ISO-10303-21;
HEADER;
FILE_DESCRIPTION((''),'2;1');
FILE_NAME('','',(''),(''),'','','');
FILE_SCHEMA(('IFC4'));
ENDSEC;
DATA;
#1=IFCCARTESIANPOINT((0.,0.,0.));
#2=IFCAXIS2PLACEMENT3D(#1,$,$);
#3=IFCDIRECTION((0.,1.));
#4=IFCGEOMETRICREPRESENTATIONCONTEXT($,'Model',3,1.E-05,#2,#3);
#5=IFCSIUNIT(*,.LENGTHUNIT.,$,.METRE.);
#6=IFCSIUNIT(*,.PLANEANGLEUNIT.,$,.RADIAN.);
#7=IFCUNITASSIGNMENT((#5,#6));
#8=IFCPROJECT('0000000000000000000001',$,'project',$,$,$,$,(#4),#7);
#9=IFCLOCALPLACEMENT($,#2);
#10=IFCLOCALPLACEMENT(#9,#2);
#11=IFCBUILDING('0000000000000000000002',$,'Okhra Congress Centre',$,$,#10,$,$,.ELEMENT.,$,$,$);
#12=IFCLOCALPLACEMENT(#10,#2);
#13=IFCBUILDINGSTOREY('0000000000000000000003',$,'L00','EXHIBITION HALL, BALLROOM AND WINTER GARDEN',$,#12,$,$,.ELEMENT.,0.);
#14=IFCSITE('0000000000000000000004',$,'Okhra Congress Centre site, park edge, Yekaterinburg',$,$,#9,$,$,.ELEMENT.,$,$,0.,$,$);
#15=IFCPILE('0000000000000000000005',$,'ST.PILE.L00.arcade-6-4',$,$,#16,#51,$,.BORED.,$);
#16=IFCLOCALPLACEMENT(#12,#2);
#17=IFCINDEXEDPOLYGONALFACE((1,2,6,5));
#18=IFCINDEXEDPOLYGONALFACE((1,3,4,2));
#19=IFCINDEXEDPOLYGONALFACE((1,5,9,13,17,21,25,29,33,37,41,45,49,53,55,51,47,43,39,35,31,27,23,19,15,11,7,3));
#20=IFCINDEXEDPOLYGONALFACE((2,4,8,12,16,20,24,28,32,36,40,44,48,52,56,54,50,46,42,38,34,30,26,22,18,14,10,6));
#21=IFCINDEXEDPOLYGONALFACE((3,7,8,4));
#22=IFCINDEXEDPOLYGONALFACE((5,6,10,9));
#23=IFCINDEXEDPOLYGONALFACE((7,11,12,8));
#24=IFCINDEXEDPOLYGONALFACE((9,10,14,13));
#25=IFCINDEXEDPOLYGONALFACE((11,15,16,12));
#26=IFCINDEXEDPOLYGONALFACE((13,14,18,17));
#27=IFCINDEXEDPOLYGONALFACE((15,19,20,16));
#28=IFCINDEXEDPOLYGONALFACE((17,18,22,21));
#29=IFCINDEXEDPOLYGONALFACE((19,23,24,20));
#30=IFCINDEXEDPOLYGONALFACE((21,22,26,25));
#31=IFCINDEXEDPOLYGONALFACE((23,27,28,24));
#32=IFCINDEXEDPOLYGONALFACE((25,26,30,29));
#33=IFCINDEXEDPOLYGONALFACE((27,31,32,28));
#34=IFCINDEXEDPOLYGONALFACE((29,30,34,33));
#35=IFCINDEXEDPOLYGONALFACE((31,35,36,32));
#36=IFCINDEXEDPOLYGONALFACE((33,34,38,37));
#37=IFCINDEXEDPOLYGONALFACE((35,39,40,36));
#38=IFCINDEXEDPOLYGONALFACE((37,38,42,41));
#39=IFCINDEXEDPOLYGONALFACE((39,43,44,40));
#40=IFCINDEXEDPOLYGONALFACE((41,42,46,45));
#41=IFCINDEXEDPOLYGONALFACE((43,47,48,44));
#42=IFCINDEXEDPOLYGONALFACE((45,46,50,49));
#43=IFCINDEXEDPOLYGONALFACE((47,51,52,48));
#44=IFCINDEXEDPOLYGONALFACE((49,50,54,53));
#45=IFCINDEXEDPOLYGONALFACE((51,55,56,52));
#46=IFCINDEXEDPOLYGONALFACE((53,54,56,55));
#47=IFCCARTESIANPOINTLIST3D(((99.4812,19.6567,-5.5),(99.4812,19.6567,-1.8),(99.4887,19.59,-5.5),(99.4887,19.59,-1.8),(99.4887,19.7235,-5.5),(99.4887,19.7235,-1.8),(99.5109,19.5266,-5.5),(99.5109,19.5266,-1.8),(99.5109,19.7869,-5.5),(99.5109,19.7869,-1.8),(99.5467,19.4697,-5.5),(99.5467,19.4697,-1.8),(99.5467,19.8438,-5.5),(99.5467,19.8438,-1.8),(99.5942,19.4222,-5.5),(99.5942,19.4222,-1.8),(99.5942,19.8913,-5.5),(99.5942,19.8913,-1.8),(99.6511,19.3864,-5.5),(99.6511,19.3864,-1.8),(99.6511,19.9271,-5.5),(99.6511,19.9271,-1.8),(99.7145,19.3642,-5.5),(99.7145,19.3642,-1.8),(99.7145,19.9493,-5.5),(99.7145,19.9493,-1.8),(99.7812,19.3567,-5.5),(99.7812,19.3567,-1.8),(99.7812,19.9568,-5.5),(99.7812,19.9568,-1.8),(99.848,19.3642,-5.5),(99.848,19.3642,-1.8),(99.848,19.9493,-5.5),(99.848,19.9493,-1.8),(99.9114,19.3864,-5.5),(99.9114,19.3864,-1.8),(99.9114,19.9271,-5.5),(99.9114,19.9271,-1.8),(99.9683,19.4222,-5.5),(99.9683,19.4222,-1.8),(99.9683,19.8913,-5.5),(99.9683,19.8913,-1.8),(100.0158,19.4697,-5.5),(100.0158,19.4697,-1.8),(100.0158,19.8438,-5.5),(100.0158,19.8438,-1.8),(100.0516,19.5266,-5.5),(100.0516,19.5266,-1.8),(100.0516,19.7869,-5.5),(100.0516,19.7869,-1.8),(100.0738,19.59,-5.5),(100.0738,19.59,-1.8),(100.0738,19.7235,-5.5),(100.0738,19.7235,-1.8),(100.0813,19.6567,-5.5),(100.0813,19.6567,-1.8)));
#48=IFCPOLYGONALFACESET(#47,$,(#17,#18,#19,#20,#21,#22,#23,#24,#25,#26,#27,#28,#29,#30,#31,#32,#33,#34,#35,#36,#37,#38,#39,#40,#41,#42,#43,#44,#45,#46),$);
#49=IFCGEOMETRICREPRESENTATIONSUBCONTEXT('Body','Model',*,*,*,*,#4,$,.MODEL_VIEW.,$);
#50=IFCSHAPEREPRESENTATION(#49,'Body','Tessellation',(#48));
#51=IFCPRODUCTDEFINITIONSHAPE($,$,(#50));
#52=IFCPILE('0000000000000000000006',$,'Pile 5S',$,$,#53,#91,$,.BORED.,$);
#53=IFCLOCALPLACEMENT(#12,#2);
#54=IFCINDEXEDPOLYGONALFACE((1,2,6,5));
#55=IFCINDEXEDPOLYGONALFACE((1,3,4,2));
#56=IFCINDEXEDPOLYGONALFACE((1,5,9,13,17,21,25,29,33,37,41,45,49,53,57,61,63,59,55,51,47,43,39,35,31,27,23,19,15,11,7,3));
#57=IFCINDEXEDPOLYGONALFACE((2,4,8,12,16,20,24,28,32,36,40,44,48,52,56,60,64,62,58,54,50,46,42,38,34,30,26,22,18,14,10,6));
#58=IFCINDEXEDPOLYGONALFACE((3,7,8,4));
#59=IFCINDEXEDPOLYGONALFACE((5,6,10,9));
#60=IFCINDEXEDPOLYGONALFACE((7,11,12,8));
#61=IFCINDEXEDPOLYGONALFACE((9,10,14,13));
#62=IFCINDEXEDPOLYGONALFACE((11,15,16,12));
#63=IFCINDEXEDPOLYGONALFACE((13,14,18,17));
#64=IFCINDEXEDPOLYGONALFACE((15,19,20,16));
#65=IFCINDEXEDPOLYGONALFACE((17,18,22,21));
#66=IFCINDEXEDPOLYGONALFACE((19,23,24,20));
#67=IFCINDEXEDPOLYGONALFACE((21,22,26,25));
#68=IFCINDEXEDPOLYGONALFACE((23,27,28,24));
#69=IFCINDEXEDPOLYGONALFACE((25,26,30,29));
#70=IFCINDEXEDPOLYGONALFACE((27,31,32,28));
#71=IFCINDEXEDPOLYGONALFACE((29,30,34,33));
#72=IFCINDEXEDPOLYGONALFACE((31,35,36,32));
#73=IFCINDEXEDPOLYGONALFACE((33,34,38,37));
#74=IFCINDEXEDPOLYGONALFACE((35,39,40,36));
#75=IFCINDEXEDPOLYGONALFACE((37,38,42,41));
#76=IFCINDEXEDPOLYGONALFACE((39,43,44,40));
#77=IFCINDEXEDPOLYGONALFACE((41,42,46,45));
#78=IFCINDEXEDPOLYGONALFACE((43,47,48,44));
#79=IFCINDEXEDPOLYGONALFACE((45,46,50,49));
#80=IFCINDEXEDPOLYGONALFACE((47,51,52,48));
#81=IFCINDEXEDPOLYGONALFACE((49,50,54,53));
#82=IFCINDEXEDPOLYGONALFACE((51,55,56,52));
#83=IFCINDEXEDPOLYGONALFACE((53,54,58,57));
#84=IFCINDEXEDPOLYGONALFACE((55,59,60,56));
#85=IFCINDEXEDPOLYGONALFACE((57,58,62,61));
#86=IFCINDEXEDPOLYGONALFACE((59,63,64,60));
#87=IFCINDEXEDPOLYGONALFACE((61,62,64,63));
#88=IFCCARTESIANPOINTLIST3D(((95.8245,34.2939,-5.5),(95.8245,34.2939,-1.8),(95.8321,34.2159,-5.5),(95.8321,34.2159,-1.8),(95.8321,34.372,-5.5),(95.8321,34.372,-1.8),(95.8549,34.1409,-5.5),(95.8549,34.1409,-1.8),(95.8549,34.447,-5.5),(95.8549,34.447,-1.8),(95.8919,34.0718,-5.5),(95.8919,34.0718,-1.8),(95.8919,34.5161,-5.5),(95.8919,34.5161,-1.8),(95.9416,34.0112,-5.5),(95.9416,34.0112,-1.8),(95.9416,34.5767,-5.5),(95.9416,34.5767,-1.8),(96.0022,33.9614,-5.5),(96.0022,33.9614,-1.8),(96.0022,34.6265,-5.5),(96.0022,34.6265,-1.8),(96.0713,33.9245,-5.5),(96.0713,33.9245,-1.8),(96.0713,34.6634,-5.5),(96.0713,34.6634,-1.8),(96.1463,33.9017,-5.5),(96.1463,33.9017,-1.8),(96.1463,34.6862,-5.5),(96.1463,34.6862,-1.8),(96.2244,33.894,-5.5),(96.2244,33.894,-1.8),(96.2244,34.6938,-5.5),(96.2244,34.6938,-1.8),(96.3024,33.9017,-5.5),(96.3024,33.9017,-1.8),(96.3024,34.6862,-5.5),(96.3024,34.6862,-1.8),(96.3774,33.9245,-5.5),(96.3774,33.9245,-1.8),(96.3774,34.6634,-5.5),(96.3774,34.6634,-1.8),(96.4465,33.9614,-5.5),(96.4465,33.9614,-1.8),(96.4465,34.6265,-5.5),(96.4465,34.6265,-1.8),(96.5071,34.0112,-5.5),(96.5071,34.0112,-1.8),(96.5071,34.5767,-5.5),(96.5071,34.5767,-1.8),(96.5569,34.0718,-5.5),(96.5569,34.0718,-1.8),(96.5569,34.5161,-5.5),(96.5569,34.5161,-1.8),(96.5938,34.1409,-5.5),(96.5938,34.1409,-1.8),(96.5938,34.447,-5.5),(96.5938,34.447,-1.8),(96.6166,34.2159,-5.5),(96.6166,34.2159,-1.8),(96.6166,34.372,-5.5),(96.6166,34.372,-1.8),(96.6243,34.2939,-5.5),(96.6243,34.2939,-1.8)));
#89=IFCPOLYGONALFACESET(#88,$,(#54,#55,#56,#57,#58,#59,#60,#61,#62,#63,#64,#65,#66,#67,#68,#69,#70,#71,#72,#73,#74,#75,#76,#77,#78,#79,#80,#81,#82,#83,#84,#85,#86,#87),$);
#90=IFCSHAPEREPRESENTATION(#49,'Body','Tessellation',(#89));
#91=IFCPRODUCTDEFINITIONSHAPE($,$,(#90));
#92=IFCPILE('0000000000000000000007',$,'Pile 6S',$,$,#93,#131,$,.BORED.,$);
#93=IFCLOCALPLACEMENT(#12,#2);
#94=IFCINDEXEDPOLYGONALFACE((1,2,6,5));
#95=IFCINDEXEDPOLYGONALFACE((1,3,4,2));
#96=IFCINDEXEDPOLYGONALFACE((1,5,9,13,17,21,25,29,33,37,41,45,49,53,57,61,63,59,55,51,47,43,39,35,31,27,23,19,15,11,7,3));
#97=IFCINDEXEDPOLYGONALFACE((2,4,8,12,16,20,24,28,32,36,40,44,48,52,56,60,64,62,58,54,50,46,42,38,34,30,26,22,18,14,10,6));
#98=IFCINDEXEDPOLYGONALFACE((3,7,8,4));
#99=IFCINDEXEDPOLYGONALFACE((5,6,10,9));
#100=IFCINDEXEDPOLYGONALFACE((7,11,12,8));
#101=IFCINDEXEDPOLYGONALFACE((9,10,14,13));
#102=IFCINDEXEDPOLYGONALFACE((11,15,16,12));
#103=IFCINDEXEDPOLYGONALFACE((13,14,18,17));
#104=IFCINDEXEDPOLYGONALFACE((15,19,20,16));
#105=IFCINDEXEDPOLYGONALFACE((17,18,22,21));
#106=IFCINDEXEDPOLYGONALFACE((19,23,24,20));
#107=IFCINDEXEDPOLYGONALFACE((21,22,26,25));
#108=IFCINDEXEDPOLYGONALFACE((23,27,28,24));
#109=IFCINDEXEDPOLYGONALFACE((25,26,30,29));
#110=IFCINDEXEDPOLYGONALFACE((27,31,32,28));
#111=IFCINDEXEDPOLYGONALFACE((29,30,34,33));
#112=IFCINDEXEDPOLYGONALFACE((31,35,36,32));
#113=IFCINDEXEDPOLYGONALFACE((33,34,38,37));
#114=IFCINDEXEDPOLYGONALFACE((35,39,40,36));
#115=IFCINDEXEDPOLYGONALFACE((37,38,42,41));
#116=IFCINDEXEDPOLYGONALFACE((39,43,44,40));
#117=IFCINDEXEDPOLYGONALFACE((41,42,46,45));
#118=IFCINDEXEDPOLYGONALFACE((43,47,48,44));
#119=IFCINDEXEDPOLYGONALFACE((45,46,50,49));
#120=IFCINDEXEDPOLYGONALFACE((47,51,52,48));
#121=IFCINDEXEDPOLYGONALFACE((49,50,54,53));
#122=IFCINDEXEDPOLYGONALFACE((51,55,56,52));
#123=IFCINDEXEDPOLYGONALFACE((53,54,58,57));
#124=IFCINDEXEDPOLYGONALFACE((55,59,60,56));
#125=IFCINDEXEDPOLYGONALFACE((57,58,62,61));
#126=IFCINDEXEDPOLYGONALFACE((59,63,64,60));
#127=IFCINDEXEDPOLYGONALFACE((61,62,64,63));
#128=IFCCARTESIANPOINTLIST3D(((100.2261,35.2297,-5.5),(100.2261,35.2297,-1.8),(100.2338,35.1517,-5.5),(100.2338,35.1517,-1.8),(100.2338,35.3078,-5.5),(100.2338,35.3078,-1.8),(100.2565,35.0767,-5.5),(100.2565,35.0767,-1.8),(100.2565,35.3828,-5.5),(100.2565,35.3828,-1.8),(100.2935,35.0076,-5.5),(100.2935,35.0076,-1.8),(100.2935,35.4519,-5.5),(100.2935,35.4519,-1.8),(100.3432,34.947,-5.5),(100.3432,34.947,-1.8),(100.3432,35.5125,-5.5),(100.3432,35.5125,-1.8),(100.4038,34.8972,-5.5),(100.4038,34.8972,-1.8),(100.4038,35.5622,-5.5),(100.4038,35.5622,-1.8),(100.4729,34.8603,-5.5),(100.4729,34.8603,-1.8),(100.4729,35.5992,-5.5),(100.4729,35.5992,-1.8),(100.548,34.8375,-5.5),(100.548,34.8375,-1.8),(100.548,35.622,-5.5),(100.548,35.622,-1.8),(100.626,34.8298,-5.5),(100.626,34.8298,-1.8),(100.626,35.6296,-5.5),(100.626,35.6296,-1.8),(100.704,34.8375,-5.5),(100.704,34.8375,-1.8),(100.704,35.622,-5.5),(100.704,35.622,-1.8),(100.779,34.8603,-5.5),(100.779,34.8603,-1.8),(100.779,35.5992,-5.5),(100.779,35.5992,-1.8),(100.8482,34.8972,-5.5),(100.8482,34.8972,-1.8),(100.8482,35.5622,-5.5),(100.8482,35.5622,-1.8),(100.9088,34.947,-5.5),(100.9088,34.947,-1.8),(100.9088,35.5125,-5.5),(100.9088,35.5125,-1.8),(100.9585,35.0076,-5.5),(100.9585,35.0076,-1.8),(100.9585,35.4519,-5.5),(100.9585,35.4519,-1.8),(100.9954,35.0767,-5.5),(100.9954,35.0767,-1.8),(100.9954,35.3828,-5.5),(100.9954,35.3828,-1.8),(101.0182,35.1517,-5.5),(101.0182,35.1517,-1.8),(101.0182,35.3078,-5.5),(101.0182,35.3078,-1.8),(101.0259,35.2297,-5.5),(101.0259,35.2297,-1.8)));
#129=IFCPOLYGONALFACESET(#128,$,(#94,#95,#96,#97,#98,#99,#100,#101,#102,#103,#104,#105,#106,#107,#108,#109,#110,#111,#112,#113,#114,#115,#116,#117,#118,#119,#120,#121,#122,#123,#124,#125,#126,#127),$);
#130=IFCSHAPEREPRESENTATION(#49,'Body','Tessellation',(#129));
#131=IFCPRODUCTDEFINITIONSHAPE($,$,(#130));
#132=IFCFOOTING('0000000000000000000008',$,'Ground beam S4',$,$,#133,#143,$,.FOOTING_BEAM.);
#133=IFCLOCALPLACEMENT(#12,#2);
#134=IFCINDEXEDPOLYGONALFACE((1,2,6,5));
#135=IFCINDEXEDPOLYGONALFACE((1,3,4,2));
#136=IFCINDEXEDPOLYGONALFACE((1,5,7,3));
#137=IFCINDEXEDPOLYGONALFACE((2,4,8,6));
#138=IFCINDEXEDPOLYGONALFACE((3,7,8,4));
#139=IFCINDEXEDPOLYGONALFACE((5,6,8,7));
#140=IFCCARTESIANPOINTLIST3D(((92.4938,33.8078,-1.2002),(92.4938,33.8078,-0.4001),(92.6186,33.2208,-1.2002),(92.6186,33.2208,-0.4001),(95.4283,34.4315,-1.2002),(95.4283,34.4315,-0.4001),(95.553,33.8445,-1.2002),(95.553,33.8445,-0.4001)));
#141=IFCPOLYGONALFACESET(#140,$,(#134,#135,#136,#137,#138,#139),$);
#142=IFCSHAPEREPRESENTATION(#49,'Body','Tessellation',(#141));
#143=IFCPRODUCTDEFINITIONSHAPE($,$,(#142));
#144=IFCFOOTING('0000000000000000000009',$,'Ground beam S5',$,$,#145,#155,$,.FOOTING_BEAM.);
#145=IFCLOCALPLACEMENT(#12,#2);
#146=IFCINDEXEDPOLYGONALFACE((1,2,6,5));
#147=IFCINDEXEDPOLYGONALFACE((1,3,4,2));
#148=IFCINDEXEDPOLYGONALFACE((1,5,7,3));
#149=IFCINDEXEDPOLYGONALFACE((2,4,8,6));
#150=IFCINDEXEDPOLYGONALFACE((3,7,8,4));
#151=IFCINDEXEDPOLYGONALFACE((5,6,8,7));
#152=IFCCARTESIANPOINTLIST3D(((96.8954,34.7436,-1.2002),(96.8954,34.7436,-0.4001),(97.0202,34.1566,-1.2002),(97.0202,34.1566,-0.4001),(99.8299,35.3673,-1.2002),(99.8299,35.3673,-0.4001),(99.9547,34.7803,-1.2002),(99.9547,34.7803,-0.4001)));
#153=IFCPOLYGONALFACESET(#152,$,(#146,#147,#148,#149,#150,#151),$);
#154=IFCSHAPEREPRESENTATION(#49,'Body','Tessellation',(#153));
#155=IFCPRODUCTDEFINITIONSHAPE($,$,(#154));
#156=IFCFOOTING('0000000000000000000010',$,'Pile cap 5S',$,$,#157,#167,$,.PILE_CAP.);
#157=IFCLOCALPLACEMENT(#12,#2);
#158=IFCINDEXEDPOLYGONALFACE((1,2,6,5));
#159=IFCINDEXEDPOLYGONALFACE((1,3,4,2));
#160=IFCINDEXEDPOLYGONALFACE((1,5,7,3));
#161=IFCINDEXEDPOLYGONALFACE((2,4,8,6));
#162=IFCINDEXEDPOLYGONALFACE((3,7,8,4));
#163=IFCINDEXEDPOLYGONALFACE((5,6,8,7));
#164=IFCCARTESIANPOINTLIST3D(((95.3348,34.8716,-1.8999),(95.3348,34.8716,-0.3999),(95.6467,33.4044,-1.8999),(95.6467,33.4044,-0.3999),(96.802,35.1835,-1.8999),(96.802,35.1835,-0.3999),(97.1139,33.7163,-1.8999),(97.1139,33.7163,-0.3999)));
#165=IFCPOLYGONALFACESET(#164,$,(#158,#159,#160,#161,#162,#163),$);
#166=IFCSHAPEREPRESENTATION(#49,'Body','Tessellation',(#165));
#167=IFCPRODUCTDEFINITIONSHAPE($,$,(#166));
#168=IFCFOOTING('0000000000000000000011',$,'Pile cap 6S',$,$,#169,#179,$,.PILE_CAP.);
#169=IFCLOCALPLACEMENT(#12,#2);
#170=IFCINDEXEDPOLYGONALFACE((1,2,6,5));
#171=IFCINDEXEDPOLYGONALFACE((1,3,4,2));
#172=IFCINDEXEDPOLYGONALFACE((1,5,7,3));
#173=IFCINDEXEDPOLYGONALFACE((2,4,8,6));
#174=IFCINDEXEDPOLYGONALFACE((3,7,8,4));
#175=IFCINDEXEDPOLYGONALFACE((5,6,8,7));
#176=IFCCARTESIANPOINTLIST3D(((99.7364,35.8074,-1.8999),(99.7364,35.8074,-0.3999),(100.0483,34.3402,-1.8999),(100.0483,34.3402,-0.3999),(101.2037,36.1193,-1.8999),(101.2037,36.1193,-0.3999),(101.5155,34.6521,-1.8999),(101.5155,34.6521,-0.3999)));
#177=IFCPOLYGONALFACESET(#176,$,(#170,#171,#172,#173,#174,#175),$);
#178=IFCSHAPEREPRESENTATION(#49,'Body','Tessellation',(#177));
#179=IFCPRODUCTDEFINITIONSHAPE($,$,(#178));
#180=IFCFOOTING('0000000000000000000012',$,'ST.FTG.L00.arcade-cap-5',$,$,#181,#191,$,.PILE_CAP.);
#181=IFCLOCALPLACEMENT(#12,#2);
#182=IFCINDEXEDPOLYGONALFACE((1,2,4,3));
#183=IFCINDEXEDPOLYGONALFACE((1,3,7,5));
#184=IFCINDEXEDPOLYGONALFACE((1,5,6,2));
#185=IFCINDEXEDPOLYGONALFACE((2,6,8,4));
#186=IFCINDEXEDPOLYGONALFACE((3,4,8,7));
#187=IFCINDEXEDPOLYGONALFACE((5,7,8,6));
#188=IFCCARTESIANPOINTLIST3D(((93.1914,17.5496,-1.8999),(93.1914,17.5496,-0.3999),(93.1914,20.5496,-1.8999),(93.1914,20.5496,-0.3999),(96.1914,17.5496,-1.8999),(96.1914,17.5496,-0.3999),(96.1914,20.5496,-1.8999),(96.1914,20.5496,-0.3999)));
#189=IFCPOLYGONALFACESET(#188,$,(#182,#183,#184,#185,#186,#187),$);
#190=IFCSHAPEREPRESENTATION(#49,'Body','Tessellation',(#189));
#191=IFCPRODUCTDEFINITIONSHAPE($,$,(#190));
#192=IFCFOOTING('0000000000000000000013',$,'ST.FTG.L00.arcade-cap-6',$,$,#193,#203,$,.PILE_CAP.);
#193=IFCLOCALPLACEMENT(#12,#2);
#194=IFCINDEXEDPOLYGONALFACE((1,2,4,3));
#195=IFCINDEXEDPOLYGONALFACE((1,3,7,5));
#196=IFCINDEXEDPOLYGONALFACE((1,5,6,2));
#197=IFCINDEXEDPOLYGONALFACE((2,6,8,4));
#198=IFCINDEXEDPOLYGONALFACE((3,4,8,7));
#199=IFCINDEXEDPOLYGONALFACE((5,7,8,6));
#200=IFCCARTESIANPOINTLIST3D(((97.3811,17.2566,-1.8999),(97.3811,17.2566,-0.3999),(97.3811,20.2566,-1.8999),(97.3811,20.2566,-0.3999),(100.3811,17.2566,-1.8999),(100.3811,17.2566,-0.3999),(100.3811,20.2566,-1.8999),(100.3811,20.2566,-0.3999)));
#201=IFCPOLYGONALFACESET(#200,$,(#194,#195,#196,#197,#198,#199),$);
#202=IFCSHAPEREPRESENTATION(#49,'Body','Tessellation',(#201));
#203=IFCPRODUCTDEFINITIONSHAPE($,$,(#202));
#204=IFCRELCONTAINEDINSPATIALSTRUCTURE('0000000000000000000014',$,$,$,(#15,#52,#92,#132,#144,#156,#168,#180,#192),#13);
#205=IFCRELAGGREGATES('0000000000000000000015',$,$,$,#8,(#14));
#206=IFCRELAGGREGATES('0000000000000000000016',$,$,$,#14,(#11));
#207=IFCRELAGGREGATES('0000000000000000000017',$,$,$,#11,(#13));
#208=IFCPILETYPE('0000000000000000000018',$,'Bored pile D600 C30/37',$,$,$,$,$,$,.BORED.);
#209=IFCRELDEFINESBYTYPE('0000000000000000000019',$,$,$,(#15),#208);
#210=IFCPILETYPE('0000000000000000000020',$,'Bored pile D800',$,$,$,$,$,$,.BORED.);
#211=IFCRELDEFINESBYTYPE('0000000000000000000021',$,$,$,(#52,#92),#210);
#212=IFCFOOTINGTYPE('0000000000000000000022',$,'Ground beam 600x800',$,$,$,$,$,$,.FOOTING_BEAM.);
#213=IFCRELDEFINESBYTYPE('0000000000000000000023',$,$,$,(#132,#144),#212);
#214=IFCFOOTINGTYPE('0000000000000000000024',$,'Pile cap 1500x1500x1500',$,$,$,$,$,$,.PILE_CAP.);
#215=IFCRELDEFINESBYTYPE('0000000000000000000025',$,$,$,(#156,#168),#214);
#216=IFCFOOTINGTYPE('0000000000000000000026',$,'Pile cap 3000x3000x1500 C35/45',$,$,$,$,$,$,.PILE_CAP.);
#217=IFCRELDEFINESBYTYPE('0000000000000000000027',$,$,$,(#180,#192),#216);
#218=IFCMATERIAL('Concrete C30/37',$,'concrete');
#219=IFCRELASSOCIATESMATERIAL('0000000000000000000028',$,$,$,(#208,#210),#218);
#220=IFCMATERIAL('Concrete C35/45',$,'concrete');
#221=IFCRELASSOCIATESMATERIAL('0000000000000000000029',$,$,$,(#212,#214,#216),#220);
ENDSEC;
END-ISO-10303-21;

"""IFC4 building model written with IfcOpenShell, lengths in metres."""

from ifc_helpers import new_model, si_unit, direction, frame, origin, origin_2d, place, context, subcontext, project, spatial, rectangle, circle, extrude, material, material_profile, profile_set, type_object, element, save


model = new_model("IFC4")

# Units and contexts
model_context = context("Model", 3, precision=1e-05, world=origin(), true_north=direction((0.0, 1.0)))
body_context = subcontext(model_context, "Body", "Model", "MODEL_VIEW")
ifc_project = project(units=[si_unit("LENGTHUNIT", "METRE"), si_unit("PLANEANGLEUNIT", "RADIAN")], contexts=[model_context])

# Site, building, storey
site_placement = place(None, origin())
site = spatial("IfcSite", under=ifc_project, at=site_placement, Name="Okhra Congress Centre site, park edge, Yekaterinburg", CompositionType="ELEMENT", RefElevation=0.0)
building_placement = place(site_placement, origin())
building = spatial("IfcBuilding", under=site, at=building_placement, Name="Okhra Congress Centre", CompositionType="ELEMENT")
storey_placement = place(building_placement, origin())
storey = spatial("IfcBuildingStorey", under=building, at=storey_placement, Name="L00", Description="EXHIBITION HALL, BALLROOM AND WINTER GARDEN", CompositionType="ELEMENT", Elevation=0.0)

# Piles
ifc_material_1 = material(Name="Concrete C30/37", Category="concrete")
ifc_material_profile_1 = material_profile(ifc_material_1, circle(Radius=0.3, at=origin_2d()), Name="D600")
ifc_profile_set_1 = profile_set([ifc_material_profile_1], Name="Concrete C30/37")
pile_type_1 = type_object("IfcPileType", Name="Bored pile D600 C30/37", PredefinedType="BORED", material=ifc_profile_set_1)
for number, where, z_axis, x_axis, name in (
    (1, (99.7812, 19.6567, -1.8), (0.0, 0.0, -1.0), (1.0, 0.0, 0.0), "ST.PILE.L00.arcade-6-4"),
):
    element("IfcPile", number, at=place(storey_placement, frame(where, z_axis=z_axis, x_axis=x_axis)), inside=storey, type_object=pile_type_1, Name=name, PredefinedType="BORED", context=body_context, shape_type="SweptSolid", body=[
        extrude(circle(Radius=0.3, at=origin_2d()), origin(), (0.0, 0.0, 1.0), 3.7),
    ])
ifc_material_profile_2 = material_profile(ifc_material_1, circle(Radius=0.3999, at=origin_2d()), Name="D800")
ifc_profile_set_2 = profile_set([ifc_material_profile_2], Name="Concrete C30/37")
pile_type_2 = type_object("IfcPileType", Name="Bored pile D800", PredefinedType="BORED", material=ifc_profile_set_2)
for number, where, z_axis, x_axis, name in (
    (2, (96.2244, 34.2939, -1.8), (0.0, 0.0, -1.0), (1.0, 0.0, 0.0), "Pile 5S"),
    (3, (100.626, 35.2297, -1.8), (0.0, 0.0, -1.0), (1.0, 0.0, 0.0), "Pile 6S"),
):
    element("IfcPile", number, at=place(storey_placement, frame(where, z_axis=z_axis, x_axis=x_axis)), inside=storey, type_object=pile_type_2, Name=name, PredefinedType="BORED", context=body_context, shape_type="SweptSolid", body=[
        extrude(circle(Radius=0.3999, at=origin_2d()), origin(), (0.0, 0.0, 1.0), 3.7),
    ])

# Footings
ifc_material_2 = material(Name="Concrete C35/45", Category="concrete")
footing_type_1 = type_object("IfcFootingType", Name="Ground beam 600x800", PredefinedType="FOOTING_BEAM", material=ifc_material_2)
for number, where, z_axis, x_axis, name in (
    (4, (94.0234, 33.8262, -1.2002), (0.0, 0.0, 1.0), (0.978148, 0.207912, 0.0), "Ground beam S4"),
    (5, (98.425, 34.762, -1.2002), (0.0, 0.0, 1.0), (0.978148, 0.207912, 0.0), "Ground beam S5"),
):
    element("IfcFooting", number, at=place(storey_placement, frame(where, z_axis=z_axis, x_axis=x_axis)), inside=storey, type_object=footing_type_1, Name=name, PredefinedType="FOOTING_BEAM", context=body_context, shape_type="SweptSolid", body=[
        extrude(rectangle(XDim=3.0, YDim=0.6001, at=origin_2d()), origin(), (0.0, 0.0, 1.0), 0.8),
    ])
footing_type_2 = type_object("IfcFootingType", Name="Pile cap 1500x1500x1500", PredefinedType="PILE_CAP", material=ifc_material_2)
for number, where, z_axis, x_axis, name in (
    (6, (96.2244, 34.2939, -1.8999), (0.0, 0.0, 1.0), (0.978148, 0.207912, 0.0), "Pile cap 5S"),
    (7, (100.626, 35.2297, -1.8999), (0.0, 0.0, 1.0), (0.978148, 0.207912, 0.0), "Pile cap 6S"),
):
    element("IfcFooting", number, at=place(storey_placement, frame(where, z_axis=z_axis, x_axis=x_axis)), inside=storey, type_object=footing_type_2, Name=name, PredefinedType="PILE_CAP", context=body_context, shape_type="SweptSolid", body=[
        extrude(rectangle(XDim=1.5, YDim=1.5, at=origin_2d()), origin(), (0.0, 0.0, 1.0), 1.5),
    ])
footing_type_3 = type_object("IfcFootingType", Name="Pile cap 3000x3000x1500 C35/45", PredefinedType="PILE_CAP", material=ifc_material_2)
for number, where, z_axis, x_axis, name in (
    (8, (94.6914, 19.0496, -1.8999), (0.0, 0.0, 1.0), (1.0, 0.0, 0.0), "ST.FTG.L00.arcade-cap-5"),
    (9, (98.8811, 18.7566, -1.8999), (0.0, 0.0, 1.0), (1.0, 0.0, 0.0), "ST.FTG.L00.arcade-cap-6"),
):
    element("IfcFooting", number, at=place(storey_placement, frame(where, z_axis=z_axis, x_axis=x_axis)), inside=storey, type_object=footing_type_3, Name=name, PredefinedType="PILE_CAP", context=body_context, shape_type="SweptSolid", body=[
        extrude(rectangle(XDim=3.0, YDim=3.0, at=origin_2d()), origin(), (0.0, 0.0, 1.0), 1.5),
    ])

save(model, "model.ifc")
